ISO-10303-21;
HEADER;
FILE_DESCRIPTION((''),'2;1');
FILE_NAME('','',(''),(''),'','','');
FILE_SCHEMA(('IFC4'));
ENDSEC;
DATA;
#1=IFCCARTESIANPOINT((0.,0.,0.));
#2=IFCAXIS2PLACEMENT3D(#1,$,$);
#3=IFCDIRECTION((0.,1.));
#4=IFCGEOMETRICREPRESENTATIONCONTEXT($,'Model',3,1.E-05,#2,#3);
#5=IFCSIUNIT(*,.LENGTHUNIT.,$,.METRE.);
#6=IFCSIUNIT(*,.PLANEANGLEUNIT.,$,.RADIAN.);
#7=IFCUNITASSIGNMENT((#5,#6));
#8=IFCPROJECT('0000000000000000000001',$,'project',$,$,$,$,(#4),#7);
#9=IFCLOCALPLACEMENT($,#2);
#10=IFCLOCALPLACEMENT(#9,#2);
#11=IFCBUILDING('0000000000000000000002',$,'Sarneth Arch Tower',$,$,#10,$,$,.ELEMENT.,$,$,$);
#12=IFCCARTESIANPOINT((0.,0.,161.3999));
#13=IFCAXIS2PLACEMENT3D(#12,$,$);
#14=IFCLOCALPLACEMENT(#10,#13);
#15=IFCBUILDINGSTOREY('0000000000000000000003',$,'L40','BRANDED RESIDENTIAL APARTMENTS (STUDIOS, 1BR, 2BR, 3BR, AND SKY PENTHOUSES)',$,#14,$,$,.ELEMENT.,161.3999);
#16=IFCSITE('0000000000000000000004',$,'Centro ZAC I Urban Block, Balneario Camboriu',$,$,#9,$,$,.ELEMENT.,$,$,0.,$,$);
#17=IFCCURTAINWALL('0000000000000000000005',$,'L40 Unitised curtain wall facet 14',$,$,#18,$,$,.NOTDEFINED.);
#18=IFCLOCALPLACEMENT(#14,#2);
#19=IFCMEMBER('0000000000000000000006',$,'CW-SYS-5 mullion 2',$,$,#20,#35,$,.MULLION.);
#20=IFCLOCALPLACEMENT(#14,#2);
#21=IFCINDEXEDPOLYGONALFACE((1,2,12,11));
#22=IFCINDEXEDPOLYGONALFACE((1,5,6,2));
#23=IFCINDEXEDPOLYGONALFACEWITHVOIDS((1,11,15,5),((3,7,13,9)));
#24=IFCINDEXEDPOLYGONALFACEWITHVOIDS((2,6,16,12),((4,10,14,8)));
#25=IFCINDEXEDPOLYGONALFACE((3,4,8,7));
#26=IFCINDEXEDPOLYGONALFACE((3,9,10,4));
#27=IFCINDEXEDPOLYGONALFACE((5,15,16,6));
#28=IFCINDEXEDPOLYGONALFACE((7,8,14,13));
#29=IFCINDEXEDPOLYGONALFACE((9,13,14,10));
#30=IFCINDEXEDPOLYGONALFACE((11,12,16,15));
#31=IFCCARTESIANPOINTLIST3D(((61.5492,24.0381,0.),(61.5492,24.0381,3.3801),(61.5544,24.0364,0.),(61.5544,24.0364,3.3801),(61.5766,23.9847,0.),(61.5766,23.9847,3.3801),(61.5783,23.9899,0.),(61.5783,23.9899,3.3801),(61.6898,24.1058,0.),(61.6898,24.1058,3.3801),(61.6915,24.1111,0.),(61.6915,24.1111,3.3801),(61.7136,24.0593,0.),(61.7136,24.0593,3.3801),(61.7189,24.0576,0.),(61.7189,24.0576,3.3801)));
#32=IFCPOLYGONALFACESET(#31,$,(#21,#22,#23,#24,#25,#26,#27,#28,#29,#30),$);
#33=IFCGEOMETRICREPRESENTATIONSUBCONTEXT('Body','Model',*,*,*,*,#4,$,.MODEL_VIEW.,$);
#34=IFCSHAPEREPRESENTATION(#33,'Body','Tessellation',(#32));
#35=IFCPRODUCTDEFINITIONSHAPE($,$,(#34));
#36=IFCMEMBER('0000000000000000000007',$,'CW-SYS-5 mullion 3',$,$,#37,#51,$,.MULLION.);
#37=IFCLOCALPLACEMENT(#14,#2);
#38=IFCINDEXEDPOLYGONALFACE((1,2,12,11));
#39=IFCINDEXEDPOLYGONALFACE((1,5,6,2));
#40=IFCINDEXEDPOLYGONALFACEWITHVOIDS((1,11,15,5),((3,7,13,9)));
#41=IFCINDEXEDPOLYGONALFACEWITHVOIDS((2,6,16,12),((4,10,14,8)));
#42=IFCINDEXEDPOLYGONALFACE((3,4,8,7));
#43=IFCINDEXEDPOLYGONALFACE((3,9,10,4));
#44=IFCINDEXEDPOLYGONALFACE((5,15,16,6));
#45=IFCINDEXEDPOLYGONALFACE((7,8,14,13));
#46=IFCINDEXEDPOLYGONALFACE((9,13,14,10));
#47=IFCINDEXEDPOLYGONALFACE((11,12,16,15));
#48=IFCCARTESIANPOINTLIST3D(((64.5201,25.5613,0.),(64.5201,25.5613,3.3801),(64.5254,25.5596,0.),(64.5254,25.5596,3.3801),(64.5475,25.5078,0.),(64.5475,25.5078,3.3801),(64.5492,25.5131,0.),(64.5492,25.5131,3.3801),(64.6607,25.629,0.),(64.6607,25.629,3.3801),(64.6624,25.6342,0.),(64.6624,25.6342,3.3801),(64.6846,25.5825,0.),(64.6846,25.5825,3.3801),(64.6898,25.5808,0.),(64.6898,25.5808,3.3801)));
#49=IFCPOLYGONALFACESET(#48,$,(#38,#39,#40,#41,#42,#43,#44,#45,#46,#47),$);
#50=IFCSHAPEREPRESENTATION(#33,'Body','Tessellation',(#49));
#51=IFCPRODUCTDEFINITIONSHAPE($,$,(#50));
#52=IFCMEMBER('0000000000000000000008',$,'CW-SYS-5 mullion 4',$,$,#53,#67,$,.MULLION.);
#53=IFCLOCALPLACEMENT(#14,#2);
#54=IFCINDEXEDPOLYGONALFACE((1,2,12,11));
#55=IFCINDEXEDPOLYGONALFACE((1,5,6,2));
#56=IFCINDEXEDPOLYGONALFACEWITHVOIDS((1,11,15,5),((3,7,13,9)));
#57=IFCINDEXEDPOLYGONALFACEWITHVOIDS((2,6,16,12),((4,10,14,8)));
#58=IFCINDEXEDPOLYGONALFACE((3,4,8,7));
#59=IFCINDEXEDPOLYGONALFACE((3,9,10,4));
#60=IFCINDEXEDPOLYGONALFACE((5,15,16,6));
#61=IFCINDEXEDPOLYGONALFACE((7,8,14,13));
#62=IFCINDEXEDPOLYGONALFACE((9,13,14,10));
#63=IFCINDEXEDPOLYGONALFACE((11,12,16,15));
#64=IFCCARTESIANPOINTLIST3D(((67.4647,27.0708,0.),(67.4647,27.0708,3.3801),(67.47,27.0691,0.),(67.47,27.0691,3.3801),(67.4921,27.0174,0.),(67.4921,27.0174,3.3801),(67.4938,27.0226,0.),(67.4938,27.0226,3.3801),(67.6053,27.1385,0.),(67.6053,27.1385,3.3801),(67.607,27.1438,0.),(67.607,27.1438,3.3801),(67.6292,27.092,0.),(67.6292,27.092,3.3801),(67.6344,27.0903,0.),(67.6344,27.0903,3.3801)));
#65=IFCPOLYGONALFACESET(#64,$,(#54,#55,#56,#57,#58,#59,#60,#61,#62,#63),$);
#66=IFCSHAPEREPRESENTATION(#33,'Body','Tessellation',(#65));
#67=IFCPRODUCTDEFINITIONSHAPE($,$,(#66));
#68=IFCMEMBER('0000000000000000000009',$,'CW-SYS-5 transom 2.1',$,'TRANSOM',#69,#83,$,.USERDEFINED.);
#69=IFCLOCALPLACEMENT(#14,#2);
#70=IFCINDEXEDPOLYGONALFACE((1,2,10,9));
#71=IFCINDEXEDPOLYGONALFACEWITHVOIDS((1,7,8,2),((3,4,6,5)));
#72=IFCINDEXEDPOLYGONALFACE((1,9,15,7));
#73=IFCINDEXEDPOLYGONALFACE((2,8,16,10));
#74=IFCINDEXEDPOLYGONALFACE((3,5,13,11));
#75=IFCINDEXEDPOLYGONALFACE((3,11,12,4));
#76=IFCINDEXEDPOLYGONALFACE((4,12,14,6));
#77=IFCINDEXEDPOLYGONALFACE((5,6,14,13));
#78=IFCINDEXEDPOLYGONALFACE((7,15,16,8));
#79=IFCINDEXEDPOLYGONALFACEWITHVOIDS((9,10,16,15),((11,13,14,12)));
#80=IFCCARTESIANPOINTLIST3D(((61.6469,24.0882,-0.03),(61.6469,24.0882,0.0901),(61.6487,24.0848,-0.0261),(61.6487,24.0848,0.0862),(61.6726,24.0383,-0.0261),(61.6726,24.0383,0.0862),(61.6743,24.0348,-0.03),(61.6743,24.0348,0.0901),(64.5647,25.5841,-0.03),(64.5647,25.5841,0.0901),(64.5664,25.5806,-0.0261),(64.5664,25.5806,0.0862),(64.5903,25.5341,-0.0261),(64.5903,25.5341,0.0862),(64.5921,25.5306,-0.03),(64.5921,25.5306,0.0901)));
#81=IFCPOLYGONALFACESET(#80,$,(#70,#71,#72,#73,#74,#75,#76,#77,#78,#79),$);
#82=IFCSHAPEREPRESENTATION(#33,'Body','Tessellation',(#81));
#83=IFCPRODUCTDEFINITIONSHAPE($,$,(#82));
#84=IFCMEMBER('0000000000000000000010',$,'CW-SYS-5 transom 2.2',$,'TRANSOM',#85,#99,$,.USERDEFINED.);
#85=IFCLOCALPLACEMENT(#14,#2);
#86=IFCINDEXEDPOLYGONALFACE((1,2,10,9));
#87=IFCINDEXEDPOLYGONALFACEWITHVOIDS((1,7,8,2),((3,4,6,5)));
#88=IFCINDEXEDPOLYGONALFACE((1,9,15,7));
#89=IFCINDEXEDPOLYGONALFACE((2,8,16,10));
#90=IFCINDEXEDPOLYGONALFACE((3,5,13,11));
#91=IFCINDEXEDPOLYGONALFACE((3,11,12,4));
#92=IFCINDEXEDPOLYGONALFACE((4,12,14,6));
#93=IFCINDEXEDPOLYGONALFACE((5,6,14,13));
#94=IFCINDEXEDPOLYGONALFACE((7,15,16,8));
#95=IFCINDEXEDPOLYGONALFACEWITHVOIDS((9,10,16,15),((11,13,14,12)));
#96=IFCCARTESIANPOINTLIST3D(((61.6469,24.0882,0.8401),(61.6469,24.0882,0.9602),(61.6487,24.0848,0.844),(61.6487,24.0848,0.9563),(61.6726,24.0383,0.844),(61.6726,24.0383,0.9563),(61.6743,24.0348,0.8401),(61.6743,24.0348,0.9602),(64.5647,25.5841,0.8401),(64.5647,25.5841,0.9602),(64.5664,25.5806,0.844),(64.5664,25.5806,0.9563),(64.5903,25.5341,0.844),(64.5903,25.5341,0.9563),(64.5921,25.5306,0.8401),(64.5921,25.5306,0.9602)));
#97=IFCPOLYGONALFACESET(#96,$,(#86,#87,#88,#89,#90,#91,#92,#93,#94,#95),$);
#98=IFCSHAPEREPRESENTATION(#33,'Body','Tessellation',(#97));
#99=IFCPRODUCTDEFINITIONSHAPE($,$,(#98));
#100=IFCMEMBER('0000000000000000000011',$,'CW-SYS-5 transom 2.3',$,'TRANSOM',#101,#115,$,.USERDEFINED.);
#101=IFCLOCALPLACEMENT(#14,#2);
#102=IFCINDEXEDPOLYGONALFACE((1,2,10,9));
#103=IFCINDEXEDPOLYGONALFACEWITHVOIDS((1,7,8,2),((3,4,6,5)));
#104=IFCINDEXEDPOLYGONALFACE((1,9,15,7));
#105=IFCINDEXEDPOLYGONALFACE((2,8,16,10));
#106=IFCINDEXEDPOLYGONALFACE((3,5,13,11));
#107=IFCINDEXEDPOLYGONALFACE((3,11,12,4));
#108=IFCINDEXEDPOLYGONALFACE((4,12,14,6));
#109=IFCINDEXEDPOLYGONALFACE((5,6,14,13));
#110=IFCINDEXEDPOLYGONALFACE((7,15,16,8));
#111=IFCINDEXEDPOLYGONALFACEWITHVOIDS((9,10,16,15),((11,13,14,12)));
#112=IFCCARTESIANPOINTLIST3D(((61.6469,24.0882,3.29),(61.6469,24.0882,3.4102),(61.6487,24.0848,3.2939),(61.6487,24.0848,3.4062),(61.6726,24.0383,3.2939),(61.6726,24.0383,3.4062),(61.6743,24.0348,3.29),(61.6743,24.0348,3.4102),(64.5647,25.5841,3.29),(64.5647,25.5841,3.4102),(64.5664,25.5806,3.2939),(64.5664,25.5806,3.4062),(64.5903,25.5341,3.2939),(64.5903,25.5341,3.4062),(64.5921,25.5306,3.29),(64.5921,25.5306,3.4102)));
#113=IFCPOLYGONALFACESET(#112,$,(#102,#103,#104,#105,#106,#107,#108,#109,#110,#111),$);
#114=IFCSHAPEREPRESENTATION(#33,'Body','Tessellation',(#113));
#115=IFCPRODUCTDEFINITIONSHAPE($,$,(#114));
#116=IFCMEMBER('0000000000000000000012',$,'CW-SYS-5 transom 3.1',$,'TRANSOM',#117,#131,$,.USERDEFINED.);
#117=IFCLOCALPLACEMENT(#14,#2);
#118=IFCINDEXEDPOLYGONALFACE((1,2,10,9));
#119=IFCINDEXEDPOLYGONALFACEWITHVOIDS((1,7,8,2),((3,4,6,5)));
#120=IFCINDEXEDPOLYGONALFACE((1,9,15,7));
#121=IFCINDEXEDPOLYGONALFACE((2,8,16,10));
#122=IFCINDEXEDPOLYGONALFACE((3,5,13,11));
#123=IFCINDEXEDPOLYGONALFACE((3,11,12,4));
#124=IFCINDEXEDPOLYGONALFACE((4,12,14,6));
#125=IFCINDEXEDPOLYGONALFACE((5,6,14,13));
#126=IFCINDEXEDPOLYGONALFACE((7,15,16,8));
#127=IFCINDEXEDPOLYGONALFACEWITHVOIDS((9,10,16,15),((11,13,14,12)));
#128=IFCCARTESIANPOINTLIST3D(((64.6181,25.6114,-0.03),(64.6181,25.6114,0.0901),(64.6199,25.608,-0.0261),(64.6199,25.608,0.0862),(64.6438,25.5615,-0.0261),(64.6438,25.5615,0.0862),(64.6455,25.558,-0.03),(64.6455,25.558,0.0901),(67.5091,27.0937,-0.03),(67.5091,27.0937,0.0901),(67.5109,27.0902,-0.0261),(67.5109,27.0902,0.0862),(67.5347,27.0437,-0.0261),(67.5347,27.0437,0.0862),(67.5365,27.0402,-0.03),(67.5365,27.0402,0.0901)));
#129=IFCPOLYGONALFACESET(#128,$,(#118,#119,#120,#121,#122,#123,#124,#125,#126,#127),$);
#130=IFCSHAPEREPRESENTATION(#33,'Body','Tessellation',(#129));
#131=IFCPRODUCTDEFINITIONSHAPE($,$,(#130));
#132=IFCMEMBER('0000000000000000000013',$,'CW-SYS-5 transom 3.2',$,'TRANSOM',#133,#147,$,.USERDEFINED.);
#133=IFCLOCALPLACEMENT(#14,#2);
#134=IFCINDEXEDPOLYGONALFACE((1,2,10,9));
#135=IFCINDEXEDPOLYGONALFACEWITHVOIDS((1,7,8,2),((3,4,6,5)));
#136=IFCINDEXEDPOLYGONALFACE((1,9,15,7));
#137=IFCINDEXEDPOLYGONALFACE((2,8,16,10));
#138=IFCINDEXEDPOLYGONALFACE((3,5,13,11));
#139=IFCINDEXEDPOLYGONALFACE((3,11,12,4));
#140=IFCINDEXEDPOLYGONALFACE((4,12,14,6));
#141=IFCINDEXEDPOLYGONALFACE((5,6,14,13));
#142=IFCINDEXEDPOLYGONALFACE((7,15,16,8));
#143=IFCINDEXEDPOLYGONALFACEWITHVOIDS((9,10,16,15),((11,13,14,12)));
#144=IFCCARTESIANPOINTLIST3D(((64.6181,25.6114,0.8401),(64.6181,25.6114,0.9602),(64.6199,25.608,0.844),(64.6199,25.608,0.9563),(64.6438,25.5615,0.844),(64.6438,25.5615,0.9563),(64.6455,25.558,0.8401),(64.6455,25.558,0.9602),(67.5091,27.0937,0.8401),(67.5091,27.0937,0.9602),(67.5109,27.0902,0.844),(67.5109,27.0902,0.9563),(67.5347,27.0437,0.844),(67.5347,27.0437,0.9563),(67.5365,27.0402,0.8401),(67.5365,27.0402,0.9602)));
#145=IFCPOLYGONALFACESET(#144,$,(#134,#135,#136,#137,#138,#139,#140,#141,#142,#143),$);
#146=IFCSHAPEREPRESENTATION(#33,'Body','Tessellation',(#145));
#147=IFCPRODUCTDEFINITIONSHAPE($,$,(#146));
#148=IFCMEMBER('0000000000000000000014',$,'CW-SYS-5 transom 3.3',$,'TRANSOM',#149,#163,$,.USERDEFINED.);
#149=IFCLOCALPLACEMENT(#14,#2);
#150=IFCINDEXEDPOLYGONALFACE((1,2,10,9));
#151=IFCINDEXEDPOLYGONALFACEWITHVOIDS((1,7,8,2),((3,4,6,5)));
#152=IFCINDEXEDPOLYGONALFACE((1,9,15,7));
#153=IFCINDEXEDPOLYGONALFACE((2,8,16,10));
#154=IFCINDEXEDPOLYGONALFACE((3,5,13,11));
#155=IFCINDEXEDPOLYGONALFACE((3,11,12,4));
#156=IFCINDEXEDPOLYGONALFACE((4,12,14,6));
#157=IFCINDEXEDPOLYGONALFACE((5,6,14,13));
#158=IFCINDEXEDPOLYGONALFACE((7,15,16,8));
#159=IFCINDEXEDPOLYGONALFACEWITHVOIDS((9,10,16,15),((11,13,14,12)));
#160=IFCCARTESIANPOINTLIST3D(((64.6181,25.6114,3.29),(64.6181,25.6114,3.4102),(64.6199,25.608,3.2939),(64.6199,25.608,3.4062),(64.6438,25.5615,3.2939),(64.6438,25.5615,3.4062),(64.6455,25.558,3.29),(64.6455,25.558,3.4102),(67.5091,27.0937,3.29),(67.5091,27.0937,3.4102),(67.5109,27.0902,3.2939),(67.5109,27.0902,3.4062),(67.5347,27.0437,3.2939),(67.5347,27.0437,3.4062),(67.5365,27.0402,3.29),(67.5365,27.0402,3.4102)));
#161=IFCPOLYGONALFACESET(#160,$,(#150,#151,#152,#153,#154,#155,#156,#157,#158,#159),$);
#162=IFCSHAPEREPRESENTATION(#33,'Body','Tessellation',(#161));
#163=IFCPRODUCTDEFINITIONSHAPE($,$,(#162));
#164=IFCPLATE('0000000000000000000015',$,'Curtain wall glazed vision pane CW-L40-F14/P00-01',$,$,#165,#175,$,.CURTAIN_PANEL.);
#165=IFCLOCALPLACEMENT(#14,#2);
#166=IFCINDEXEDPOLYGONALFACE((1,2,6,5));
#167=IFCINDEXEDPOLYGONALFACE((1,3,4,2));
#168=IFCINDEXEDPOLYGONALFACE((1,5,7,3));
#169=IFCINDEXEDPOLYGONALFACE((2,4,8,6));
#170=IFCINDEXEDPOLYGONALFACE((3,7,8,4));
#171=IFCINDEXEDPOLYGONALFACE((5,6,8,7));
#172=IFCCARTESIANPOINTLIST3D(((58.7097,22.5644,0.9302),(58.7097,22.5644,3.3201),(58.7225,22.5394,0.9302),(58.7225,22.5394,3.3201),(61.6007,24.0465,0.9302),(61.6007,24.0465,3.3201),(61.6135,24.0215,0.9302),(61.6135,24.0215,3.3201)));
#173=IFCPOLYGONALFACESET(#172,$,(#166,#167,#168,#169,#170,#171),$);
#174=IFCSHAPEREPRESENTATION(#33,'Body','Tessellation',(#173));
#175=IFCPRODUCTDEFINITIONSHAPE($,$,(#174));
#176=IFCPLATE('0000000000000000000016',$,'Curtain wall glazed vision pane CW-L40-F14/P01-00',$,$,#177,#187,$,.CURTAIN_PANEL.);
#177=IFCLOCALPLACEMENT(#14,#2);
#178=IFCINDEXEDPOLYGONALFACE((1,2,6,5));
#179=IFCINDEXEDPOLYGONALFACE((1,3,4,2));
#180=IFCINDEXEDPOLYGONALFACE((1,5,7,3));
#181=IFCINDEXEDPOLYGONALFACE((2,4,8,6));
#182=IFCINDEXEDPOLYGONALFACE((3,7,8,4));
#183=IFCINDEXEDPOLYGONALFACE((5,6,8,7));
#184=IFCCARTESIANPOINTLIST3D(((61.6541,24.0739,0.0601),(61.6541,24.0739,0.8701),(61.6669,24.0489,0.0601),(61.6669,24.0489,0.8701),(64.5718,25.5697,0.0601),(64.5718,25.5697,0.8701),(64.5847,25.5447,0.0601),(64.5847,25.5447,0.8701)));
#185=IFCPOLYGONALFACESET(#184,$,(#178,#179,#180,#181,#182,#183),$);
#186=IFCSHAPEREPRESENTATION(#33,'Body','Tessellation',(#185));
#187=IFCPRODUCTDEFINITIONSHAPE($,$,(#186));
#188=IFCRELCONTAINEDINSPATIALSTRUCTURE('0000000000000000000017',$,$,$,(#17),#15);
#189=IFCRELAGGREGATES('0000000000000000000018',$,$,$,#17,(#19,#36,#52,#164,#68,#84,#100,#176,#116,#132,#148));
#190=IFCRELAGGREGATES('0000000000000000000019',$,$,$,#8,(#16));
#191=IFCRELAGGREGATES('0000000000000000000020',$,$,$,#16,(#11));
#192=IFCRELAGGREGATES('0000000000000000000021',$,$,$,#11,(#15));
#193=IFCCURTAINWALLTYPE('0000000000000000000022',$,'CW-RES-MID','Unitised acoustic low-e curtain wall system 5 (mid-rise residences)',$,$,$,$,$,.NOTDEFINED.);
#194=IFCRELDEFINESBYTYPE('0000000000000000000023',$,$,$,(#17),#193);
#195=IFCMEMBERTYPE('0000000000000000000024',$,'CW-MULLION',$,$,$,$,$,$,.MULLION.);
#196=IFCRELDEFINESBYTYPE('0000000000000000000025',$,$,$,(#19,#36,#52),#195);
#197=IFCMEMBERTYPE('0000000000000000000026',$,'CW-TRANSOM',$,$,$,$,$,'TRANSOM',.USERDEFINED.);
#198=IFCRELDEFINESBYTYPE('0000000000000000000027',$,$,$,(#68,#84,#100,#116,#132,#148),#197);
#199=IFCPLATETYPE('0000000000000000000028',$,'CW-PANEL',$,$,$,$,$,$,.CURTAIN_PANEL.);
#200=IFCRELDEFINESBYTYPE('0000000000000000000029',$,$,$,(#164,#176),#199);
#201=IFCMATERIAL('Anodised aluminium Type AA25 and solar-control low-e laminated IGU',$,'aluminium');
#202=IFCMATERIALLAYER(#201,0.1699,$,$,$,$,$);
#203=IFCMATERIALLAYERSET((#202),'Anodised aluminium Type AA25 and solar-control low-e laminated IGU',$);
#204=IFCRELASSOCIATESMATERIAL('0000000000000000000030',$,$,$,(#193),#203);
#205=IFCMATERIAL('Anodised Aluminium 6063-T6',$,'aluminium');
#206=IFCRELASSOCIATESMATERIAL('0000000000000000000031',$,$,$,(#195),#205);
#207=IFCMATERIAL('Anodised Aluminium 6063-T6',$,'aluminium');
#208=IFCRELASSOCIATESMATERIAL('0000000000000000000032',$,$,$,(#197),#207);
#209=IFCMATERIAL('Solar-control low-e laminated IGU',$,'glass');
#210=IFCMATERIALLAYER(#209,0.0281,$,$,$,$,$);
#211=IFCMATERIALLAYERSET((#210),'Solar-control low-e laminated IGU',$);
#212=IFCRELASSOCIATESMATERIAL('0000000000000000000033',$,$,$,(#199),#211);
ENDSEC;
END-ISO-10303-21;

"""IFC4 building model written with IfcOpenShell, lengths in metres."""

from ifc_helpers import new_model, si_unit, direction, frame, origin, origin_2d, place, context, subcontext, project, spatial, rectangle, hollow_rectangle, extrude, material, layer, layer_set, material_profile, profile_set, type_object, element, aggregate, save


model = new_model("IFC4")

# Units and contexts
model_context = context("Model", 3, precision=1e-05, world=origin(), true_north=direction((0.0, 1.0)))
body_context = subcontext(model_context, "Body", "Model", "MODEL_VIEW")
ifc_project = project(units=[si_unit("LENGTHUNIT", "METRE"), si_unit("PLANEANGLEUNIT", "RADIAN")], contexts=[model_context])

# Site, building, storey
site_placement = place(None, origin())
site = spatial("IfcSite", under=ifc_project, at=site_placement, Name="Centro ZAC I Urban Block, Balneario Camboriu", CompositionType="ELEMENT", RefElevation=0.0)
building_placement = place(site_placement, origin())
building = spatial("IfcBuilding", under=site, at=building_placement, Name="Sarneth Arch Tower", CompositionType="ELEMENT")
storey_placement = place(building_placement, frame((0.0, 0.0, 161.3999)))
storey = spatial("IfcBuildingStorey", under=building, at=storey_placement, Name="L40", Description="BRANDED RESIDENTIAL APARTMENTS (STUDIOS, 1BR, 2BR, 3BR, AND SKY PENTHOUSES)", CompositionType="ELEMENT", Elevation=161.3999)

# Curtain wall, members, plates
ifc_material_1 = material(Name="Anodised aluminium Type AA25 and solar-control low-e laminated IGU", Category="aluminium")
ifc_layer_1 = layer(ifc_material_1, 0.1699)
ifc_layer_set_1 = layer_set([ifc_layer_1], Name="Anodised aluminium Type AA25 and solar-control low-e laminated IGU")
curtain_wall_type = type_object("IfcCurtainWallType", Name="CW-RES-MID", Description="Unitised acoustic low-e curtain wall system 5 (mid-rise residences)", PredefinedType="NOTDEFINED", material=ifc_layer_set_1)
curtain_wall_placement = place(storey_placement, origin())
curtain_wall = element("IfcCurtainWall", 1, at=curtain_wall_placement, inside=storey, type_object=curtain_wall_type, Name="L40 Unitised curtain wall facet 14", PredefinedType="NOTDEFINED")
ifc_material_2 = material(Name="Anodised Aluminium 6063-T6", Category="aluminium")
ifc_material_profile_1 = material_profile(ifc_material_2, hollow_rectangle(XDim=0.0601, YDim=0.1599, WallThickness=0.0039, at=origin_2d()), Name="AL-MULL-160x60x4")
ifc_profile_set_1 = profile_set([ifc_material_profile_1], Name="Anodised Aluminium 6063-T6")
member_type_1 = type_object("IfcMemberType", Name="CW-MULLION", PredefinedType="MULLION", material=ifc_profile_set_1)
member_1_placement = place(storey_placement, frame((61.634, 24.0479, 0.0), z_axis=(0.0, 0.0, 1.0), x_axis=(-0.456208, 0.889873, 0.0)))
member_1 = element("IfcMember", 2, at=member_1_placement, type_object=member_type_1, Name="CW-SYS-5 mullion 2", PredefinedType="MULLION", context=body_context, shape_type="SweptSolid", body=[
    extrude(hollow_rectangle(XDim=0.0601, YDim=0.1599, WallThickness=0.0039, at=origin_2d()), origin(), (0.0, 0.0, 1.0), 3.3801),
])
member_2_placement = place(storey_placement, frame((64.605, 25.571, 0.0), z_axis=(0.0, 0.0, 1.0), x_axis=(-0.456208, 0.889873, 0.0)))
member_2 = element("IfcMember", 3, at=member_2_placement, type_object=member_type_1, Name="CW-SYS-5 mullion 3", PredefinedType="MULLION", context=body_context, shape_type="SweptSolid", body=[
    extrude(hollow_rectangle(XDim=0.0601, YDim=0.1599, WallThickness=0.0039, at=origin_2d()), origin(), (0.0, 0.0, 1.0), 3.3801),
])
member_3_placement = place(storey_placement, frame((67.5496, 27.0806, 0.0), z_axis=(0.0, 0.0, 1.0), x_axis=(-0.456208, 0.889873, 0.0)))
member_3 = element("IfcMember", 4, at=member_3_placement, type_object=member_type_1, Name="CW-SYS-5 mullion 4", PredefinedType="MULLION", context=body_context, shape_type="SweptSolid", body=[
    extrude(hollow_rectangle(XDim=0.0601, YDim=0.1599, WallThickness=0.0039, at=origin_2d()), origin(), (0.0, 0.0, 1.0), 3.3801),
])
ifc_material_3 = material(Name="Anodised Aluminium 6063-T6", Category="aluminium")
ifc_material_profile_2 = material_profile(ifc_material_3, hollow_rectangle(XDim=0.0601, YDim=0.1201, WallThickness=0.0039, at=origin_2d()), Name="AL-TRAN-120x60x4")
ifc_profile_set_2 = profile_set([ifc_material_profile_2], Name="Anodised Aluminium 6063-T6")
member_type_2 = type_object("IfcMemberType", Name="CW-TRANSOM", ElementType="TRANSOM", PredefinedType="USERDEFINED", material=ifc_profile_set_2)
member_4_placement = place(storey_placement, frame((61.6606, 24.0615, 0.03), z_axis=(0.889869, 0.456215, 0.0), x_axis=(-0.456215, 0.889869, 0.0)))
member_4 = element("IfcMember", 5, at=member_4_placement, type_object=member_type_2, Name="CW-SYS-5 transom 2.1", ObjectType="TRANSOM", PredefinedType="USERDEFINED", context=body_context, shape_type="SweptSolid", body=[
    extrude(hollow_rectangle(XDim=0.0601, YDim=0.1201, WallThickness=0.0039, at=origin_2d()), origin(), (0.0, 0.0, 1.0), 3.2788),
])
member_5_placement = place(storey_placement, frame((61.6606, 24.0615, 0.9001), z_axis=(0.889869, 0.456215, 0.0), x_axis=(-0.456215, 0.889869, 0.0)))
member_5 = element("IfcMember", 6, at=member_5_placement, type_object=member_type_2, Name="CW-SYS-5 transom 2.2", ObjectType="TRANSOM", PredefinedType="USERDEFINED", context=body_context, shape_type="SweptSolid", body=[
    extrude(hollow_rectangle(XDim=0.0601, YDim=0.1201, WallThickness=0.0039, at=origin_2d()), origin(), (0.0, 0.0, 1.0), 3.2788),
])
member_6_placement = place(storey_placement, frame((61.6606, 24.0615, 3.3501), z_axis=(0.889869, 0.456215, 0.0), x_axis=(-0.456215, 0.889869, 0.0)))
member_6 = element("IfcMember", 7, at=member_6_placement, type_object=member_type_2, Name="CW-SYS-5 transom 2.3", ObjectType="TRANSOM", PredefinedType="USERDEFINED", context=body_context, shape_type="SweptSolid", body=[
    extrude(hollow_rectangle(XDim=0.0601, YDim=0.1201, WallThickness=0.0039, at=origin_2d()), origin(), (0.0, 0.0, 1.0), 3.2788),
])
member_7_placement = place(storey_placement, frame((64.6318, 25.5847, 0.03), z_axis=(0.889857, 0.456239, 0.0), x_axis=(-0.456239, 0.889857, 0.0)))
member_7 = element("IfcMember", 8, at=member_7_placement, type_object=member_type_2, Name="CW-SYS-5 transom 3.1", ObjectType="TRANSOM", PredefinedType="USERDEFINED", context=body_context, shape_type="SweptSolid", body=[
    extrude(hollow_rectangle(XDim=0.0601, YDim=0.1201, WallThickness=0.0039, at=origin_2d()), origin(), (0.0, 0.0, 1.0), 3.2488),
])
member_8_placement = place(storey_placement, frame((64.6318, 25.5847, 0.9001), z_axis=(0.889857, 0.456239, 0.0), x_axis=(-0.456239, 0.889857, 0.0)))
member_8 = element("IfcMember", 9, at=member_8_placement, type_object=member_type_2, Name="CW-SYS-5 transom 3.2", ObjectType="TRANSOM", PredefinedType="USERDEFINED", context=body_context, shape_type="SweptSolid", body=[
    extrude(hollow_rectangle(XDim=0.0601, YDim=0.1201, WallThickness=0.0039, at=origin_2d()), origin(), (0.0, 0.0, 1.0), 3.2488),
])
member_9_placement = place(storey_placement, frame((64.6318, 25.5847, 3.3501), z_axis=(0.889857, 0.456239, 0.0), x_axis=(-0.456239, 0.889857, 0.0)))
member_9 = element("IfcMember", 10, at=member_9_placement, type_object=member_type_2, Name="CW-SYS-5 transom 3.3", ObjectType="TRANSOM", PredefinedType="USERDEFINED", context=body_context, shape_type="SweptSolid", body=[
    extrude(hollow_rectangle(XDim=0.0601, YDim=0.1201, WallThickness=0.0039, at=origin_2d()), origin(), (0.0, 0.0, 1.0), 3.2488),
])
ifc_material_4 = material(Name="Solar-control low-e laminated IGU", Category="glass")
ifc_layer_2 = layer(ifc_material_4, 0.0281)
ifc_layer_set_2 = layer_set([ifc_layer_2], Name="Solar-control low-e laminated IGU")
plate_type_1 = type_object("IfcPlateType", Name="CW-PANEL", PredefinedType="CURTAIN_PANEL", material=ifc_layer_set_2)
plate_1_placement = place(storey_placement, frame((60.1616, 23.293, 0.9302), z_axis=(0.0, 0.0, 1.0), x_axis=(0.889873, 0.456208, 0.0)))
plate_1 = element("IfcPlate", 11, at=plate_1_placement, type_object=plate_type_1, Name="Curtain wall glazed vision pane CW-L40-F14/P00-01", PredefinedType="CURTAIN_PANEL", context=body_context, shape_type="SweptSolid", body=[
    extrude(rectangle(XDim=3.2488, YDim=0.0281, at=origin_2d()), origin(), (0.0, 0.0, 1.0), 2.3899),
])
plate_2_placement = place(storey_placement, frame((63.1194, 24.8093, 0.0601), z_axis=(0.0, 0.0, 1.0), x_axis=(0.889873, 0.456208, 0.0)))
plate_2 = element("IfcPlate", 12, at=plate_2_placement, type_object=plate_type_1, Name="Curtain wall glazed vision pane CW-L40-F14/P01-00", PredefinedType="CURTAIN_PANEL", context=body_context, shape_type="SweptSolid", body=[
    extrude(rectangle(XDim=3.2788, YDim=0.0281, at=origin_2d()), origin(), (0.0, 0.0, 1.0), 0.8101),
])
aggregate(curtain_wall, [member_1, member_2, member_3, plate_1, member_4, member_5, member_6, plate_2, member_7, member_8, member_9])

save(model, "model.ifc")
